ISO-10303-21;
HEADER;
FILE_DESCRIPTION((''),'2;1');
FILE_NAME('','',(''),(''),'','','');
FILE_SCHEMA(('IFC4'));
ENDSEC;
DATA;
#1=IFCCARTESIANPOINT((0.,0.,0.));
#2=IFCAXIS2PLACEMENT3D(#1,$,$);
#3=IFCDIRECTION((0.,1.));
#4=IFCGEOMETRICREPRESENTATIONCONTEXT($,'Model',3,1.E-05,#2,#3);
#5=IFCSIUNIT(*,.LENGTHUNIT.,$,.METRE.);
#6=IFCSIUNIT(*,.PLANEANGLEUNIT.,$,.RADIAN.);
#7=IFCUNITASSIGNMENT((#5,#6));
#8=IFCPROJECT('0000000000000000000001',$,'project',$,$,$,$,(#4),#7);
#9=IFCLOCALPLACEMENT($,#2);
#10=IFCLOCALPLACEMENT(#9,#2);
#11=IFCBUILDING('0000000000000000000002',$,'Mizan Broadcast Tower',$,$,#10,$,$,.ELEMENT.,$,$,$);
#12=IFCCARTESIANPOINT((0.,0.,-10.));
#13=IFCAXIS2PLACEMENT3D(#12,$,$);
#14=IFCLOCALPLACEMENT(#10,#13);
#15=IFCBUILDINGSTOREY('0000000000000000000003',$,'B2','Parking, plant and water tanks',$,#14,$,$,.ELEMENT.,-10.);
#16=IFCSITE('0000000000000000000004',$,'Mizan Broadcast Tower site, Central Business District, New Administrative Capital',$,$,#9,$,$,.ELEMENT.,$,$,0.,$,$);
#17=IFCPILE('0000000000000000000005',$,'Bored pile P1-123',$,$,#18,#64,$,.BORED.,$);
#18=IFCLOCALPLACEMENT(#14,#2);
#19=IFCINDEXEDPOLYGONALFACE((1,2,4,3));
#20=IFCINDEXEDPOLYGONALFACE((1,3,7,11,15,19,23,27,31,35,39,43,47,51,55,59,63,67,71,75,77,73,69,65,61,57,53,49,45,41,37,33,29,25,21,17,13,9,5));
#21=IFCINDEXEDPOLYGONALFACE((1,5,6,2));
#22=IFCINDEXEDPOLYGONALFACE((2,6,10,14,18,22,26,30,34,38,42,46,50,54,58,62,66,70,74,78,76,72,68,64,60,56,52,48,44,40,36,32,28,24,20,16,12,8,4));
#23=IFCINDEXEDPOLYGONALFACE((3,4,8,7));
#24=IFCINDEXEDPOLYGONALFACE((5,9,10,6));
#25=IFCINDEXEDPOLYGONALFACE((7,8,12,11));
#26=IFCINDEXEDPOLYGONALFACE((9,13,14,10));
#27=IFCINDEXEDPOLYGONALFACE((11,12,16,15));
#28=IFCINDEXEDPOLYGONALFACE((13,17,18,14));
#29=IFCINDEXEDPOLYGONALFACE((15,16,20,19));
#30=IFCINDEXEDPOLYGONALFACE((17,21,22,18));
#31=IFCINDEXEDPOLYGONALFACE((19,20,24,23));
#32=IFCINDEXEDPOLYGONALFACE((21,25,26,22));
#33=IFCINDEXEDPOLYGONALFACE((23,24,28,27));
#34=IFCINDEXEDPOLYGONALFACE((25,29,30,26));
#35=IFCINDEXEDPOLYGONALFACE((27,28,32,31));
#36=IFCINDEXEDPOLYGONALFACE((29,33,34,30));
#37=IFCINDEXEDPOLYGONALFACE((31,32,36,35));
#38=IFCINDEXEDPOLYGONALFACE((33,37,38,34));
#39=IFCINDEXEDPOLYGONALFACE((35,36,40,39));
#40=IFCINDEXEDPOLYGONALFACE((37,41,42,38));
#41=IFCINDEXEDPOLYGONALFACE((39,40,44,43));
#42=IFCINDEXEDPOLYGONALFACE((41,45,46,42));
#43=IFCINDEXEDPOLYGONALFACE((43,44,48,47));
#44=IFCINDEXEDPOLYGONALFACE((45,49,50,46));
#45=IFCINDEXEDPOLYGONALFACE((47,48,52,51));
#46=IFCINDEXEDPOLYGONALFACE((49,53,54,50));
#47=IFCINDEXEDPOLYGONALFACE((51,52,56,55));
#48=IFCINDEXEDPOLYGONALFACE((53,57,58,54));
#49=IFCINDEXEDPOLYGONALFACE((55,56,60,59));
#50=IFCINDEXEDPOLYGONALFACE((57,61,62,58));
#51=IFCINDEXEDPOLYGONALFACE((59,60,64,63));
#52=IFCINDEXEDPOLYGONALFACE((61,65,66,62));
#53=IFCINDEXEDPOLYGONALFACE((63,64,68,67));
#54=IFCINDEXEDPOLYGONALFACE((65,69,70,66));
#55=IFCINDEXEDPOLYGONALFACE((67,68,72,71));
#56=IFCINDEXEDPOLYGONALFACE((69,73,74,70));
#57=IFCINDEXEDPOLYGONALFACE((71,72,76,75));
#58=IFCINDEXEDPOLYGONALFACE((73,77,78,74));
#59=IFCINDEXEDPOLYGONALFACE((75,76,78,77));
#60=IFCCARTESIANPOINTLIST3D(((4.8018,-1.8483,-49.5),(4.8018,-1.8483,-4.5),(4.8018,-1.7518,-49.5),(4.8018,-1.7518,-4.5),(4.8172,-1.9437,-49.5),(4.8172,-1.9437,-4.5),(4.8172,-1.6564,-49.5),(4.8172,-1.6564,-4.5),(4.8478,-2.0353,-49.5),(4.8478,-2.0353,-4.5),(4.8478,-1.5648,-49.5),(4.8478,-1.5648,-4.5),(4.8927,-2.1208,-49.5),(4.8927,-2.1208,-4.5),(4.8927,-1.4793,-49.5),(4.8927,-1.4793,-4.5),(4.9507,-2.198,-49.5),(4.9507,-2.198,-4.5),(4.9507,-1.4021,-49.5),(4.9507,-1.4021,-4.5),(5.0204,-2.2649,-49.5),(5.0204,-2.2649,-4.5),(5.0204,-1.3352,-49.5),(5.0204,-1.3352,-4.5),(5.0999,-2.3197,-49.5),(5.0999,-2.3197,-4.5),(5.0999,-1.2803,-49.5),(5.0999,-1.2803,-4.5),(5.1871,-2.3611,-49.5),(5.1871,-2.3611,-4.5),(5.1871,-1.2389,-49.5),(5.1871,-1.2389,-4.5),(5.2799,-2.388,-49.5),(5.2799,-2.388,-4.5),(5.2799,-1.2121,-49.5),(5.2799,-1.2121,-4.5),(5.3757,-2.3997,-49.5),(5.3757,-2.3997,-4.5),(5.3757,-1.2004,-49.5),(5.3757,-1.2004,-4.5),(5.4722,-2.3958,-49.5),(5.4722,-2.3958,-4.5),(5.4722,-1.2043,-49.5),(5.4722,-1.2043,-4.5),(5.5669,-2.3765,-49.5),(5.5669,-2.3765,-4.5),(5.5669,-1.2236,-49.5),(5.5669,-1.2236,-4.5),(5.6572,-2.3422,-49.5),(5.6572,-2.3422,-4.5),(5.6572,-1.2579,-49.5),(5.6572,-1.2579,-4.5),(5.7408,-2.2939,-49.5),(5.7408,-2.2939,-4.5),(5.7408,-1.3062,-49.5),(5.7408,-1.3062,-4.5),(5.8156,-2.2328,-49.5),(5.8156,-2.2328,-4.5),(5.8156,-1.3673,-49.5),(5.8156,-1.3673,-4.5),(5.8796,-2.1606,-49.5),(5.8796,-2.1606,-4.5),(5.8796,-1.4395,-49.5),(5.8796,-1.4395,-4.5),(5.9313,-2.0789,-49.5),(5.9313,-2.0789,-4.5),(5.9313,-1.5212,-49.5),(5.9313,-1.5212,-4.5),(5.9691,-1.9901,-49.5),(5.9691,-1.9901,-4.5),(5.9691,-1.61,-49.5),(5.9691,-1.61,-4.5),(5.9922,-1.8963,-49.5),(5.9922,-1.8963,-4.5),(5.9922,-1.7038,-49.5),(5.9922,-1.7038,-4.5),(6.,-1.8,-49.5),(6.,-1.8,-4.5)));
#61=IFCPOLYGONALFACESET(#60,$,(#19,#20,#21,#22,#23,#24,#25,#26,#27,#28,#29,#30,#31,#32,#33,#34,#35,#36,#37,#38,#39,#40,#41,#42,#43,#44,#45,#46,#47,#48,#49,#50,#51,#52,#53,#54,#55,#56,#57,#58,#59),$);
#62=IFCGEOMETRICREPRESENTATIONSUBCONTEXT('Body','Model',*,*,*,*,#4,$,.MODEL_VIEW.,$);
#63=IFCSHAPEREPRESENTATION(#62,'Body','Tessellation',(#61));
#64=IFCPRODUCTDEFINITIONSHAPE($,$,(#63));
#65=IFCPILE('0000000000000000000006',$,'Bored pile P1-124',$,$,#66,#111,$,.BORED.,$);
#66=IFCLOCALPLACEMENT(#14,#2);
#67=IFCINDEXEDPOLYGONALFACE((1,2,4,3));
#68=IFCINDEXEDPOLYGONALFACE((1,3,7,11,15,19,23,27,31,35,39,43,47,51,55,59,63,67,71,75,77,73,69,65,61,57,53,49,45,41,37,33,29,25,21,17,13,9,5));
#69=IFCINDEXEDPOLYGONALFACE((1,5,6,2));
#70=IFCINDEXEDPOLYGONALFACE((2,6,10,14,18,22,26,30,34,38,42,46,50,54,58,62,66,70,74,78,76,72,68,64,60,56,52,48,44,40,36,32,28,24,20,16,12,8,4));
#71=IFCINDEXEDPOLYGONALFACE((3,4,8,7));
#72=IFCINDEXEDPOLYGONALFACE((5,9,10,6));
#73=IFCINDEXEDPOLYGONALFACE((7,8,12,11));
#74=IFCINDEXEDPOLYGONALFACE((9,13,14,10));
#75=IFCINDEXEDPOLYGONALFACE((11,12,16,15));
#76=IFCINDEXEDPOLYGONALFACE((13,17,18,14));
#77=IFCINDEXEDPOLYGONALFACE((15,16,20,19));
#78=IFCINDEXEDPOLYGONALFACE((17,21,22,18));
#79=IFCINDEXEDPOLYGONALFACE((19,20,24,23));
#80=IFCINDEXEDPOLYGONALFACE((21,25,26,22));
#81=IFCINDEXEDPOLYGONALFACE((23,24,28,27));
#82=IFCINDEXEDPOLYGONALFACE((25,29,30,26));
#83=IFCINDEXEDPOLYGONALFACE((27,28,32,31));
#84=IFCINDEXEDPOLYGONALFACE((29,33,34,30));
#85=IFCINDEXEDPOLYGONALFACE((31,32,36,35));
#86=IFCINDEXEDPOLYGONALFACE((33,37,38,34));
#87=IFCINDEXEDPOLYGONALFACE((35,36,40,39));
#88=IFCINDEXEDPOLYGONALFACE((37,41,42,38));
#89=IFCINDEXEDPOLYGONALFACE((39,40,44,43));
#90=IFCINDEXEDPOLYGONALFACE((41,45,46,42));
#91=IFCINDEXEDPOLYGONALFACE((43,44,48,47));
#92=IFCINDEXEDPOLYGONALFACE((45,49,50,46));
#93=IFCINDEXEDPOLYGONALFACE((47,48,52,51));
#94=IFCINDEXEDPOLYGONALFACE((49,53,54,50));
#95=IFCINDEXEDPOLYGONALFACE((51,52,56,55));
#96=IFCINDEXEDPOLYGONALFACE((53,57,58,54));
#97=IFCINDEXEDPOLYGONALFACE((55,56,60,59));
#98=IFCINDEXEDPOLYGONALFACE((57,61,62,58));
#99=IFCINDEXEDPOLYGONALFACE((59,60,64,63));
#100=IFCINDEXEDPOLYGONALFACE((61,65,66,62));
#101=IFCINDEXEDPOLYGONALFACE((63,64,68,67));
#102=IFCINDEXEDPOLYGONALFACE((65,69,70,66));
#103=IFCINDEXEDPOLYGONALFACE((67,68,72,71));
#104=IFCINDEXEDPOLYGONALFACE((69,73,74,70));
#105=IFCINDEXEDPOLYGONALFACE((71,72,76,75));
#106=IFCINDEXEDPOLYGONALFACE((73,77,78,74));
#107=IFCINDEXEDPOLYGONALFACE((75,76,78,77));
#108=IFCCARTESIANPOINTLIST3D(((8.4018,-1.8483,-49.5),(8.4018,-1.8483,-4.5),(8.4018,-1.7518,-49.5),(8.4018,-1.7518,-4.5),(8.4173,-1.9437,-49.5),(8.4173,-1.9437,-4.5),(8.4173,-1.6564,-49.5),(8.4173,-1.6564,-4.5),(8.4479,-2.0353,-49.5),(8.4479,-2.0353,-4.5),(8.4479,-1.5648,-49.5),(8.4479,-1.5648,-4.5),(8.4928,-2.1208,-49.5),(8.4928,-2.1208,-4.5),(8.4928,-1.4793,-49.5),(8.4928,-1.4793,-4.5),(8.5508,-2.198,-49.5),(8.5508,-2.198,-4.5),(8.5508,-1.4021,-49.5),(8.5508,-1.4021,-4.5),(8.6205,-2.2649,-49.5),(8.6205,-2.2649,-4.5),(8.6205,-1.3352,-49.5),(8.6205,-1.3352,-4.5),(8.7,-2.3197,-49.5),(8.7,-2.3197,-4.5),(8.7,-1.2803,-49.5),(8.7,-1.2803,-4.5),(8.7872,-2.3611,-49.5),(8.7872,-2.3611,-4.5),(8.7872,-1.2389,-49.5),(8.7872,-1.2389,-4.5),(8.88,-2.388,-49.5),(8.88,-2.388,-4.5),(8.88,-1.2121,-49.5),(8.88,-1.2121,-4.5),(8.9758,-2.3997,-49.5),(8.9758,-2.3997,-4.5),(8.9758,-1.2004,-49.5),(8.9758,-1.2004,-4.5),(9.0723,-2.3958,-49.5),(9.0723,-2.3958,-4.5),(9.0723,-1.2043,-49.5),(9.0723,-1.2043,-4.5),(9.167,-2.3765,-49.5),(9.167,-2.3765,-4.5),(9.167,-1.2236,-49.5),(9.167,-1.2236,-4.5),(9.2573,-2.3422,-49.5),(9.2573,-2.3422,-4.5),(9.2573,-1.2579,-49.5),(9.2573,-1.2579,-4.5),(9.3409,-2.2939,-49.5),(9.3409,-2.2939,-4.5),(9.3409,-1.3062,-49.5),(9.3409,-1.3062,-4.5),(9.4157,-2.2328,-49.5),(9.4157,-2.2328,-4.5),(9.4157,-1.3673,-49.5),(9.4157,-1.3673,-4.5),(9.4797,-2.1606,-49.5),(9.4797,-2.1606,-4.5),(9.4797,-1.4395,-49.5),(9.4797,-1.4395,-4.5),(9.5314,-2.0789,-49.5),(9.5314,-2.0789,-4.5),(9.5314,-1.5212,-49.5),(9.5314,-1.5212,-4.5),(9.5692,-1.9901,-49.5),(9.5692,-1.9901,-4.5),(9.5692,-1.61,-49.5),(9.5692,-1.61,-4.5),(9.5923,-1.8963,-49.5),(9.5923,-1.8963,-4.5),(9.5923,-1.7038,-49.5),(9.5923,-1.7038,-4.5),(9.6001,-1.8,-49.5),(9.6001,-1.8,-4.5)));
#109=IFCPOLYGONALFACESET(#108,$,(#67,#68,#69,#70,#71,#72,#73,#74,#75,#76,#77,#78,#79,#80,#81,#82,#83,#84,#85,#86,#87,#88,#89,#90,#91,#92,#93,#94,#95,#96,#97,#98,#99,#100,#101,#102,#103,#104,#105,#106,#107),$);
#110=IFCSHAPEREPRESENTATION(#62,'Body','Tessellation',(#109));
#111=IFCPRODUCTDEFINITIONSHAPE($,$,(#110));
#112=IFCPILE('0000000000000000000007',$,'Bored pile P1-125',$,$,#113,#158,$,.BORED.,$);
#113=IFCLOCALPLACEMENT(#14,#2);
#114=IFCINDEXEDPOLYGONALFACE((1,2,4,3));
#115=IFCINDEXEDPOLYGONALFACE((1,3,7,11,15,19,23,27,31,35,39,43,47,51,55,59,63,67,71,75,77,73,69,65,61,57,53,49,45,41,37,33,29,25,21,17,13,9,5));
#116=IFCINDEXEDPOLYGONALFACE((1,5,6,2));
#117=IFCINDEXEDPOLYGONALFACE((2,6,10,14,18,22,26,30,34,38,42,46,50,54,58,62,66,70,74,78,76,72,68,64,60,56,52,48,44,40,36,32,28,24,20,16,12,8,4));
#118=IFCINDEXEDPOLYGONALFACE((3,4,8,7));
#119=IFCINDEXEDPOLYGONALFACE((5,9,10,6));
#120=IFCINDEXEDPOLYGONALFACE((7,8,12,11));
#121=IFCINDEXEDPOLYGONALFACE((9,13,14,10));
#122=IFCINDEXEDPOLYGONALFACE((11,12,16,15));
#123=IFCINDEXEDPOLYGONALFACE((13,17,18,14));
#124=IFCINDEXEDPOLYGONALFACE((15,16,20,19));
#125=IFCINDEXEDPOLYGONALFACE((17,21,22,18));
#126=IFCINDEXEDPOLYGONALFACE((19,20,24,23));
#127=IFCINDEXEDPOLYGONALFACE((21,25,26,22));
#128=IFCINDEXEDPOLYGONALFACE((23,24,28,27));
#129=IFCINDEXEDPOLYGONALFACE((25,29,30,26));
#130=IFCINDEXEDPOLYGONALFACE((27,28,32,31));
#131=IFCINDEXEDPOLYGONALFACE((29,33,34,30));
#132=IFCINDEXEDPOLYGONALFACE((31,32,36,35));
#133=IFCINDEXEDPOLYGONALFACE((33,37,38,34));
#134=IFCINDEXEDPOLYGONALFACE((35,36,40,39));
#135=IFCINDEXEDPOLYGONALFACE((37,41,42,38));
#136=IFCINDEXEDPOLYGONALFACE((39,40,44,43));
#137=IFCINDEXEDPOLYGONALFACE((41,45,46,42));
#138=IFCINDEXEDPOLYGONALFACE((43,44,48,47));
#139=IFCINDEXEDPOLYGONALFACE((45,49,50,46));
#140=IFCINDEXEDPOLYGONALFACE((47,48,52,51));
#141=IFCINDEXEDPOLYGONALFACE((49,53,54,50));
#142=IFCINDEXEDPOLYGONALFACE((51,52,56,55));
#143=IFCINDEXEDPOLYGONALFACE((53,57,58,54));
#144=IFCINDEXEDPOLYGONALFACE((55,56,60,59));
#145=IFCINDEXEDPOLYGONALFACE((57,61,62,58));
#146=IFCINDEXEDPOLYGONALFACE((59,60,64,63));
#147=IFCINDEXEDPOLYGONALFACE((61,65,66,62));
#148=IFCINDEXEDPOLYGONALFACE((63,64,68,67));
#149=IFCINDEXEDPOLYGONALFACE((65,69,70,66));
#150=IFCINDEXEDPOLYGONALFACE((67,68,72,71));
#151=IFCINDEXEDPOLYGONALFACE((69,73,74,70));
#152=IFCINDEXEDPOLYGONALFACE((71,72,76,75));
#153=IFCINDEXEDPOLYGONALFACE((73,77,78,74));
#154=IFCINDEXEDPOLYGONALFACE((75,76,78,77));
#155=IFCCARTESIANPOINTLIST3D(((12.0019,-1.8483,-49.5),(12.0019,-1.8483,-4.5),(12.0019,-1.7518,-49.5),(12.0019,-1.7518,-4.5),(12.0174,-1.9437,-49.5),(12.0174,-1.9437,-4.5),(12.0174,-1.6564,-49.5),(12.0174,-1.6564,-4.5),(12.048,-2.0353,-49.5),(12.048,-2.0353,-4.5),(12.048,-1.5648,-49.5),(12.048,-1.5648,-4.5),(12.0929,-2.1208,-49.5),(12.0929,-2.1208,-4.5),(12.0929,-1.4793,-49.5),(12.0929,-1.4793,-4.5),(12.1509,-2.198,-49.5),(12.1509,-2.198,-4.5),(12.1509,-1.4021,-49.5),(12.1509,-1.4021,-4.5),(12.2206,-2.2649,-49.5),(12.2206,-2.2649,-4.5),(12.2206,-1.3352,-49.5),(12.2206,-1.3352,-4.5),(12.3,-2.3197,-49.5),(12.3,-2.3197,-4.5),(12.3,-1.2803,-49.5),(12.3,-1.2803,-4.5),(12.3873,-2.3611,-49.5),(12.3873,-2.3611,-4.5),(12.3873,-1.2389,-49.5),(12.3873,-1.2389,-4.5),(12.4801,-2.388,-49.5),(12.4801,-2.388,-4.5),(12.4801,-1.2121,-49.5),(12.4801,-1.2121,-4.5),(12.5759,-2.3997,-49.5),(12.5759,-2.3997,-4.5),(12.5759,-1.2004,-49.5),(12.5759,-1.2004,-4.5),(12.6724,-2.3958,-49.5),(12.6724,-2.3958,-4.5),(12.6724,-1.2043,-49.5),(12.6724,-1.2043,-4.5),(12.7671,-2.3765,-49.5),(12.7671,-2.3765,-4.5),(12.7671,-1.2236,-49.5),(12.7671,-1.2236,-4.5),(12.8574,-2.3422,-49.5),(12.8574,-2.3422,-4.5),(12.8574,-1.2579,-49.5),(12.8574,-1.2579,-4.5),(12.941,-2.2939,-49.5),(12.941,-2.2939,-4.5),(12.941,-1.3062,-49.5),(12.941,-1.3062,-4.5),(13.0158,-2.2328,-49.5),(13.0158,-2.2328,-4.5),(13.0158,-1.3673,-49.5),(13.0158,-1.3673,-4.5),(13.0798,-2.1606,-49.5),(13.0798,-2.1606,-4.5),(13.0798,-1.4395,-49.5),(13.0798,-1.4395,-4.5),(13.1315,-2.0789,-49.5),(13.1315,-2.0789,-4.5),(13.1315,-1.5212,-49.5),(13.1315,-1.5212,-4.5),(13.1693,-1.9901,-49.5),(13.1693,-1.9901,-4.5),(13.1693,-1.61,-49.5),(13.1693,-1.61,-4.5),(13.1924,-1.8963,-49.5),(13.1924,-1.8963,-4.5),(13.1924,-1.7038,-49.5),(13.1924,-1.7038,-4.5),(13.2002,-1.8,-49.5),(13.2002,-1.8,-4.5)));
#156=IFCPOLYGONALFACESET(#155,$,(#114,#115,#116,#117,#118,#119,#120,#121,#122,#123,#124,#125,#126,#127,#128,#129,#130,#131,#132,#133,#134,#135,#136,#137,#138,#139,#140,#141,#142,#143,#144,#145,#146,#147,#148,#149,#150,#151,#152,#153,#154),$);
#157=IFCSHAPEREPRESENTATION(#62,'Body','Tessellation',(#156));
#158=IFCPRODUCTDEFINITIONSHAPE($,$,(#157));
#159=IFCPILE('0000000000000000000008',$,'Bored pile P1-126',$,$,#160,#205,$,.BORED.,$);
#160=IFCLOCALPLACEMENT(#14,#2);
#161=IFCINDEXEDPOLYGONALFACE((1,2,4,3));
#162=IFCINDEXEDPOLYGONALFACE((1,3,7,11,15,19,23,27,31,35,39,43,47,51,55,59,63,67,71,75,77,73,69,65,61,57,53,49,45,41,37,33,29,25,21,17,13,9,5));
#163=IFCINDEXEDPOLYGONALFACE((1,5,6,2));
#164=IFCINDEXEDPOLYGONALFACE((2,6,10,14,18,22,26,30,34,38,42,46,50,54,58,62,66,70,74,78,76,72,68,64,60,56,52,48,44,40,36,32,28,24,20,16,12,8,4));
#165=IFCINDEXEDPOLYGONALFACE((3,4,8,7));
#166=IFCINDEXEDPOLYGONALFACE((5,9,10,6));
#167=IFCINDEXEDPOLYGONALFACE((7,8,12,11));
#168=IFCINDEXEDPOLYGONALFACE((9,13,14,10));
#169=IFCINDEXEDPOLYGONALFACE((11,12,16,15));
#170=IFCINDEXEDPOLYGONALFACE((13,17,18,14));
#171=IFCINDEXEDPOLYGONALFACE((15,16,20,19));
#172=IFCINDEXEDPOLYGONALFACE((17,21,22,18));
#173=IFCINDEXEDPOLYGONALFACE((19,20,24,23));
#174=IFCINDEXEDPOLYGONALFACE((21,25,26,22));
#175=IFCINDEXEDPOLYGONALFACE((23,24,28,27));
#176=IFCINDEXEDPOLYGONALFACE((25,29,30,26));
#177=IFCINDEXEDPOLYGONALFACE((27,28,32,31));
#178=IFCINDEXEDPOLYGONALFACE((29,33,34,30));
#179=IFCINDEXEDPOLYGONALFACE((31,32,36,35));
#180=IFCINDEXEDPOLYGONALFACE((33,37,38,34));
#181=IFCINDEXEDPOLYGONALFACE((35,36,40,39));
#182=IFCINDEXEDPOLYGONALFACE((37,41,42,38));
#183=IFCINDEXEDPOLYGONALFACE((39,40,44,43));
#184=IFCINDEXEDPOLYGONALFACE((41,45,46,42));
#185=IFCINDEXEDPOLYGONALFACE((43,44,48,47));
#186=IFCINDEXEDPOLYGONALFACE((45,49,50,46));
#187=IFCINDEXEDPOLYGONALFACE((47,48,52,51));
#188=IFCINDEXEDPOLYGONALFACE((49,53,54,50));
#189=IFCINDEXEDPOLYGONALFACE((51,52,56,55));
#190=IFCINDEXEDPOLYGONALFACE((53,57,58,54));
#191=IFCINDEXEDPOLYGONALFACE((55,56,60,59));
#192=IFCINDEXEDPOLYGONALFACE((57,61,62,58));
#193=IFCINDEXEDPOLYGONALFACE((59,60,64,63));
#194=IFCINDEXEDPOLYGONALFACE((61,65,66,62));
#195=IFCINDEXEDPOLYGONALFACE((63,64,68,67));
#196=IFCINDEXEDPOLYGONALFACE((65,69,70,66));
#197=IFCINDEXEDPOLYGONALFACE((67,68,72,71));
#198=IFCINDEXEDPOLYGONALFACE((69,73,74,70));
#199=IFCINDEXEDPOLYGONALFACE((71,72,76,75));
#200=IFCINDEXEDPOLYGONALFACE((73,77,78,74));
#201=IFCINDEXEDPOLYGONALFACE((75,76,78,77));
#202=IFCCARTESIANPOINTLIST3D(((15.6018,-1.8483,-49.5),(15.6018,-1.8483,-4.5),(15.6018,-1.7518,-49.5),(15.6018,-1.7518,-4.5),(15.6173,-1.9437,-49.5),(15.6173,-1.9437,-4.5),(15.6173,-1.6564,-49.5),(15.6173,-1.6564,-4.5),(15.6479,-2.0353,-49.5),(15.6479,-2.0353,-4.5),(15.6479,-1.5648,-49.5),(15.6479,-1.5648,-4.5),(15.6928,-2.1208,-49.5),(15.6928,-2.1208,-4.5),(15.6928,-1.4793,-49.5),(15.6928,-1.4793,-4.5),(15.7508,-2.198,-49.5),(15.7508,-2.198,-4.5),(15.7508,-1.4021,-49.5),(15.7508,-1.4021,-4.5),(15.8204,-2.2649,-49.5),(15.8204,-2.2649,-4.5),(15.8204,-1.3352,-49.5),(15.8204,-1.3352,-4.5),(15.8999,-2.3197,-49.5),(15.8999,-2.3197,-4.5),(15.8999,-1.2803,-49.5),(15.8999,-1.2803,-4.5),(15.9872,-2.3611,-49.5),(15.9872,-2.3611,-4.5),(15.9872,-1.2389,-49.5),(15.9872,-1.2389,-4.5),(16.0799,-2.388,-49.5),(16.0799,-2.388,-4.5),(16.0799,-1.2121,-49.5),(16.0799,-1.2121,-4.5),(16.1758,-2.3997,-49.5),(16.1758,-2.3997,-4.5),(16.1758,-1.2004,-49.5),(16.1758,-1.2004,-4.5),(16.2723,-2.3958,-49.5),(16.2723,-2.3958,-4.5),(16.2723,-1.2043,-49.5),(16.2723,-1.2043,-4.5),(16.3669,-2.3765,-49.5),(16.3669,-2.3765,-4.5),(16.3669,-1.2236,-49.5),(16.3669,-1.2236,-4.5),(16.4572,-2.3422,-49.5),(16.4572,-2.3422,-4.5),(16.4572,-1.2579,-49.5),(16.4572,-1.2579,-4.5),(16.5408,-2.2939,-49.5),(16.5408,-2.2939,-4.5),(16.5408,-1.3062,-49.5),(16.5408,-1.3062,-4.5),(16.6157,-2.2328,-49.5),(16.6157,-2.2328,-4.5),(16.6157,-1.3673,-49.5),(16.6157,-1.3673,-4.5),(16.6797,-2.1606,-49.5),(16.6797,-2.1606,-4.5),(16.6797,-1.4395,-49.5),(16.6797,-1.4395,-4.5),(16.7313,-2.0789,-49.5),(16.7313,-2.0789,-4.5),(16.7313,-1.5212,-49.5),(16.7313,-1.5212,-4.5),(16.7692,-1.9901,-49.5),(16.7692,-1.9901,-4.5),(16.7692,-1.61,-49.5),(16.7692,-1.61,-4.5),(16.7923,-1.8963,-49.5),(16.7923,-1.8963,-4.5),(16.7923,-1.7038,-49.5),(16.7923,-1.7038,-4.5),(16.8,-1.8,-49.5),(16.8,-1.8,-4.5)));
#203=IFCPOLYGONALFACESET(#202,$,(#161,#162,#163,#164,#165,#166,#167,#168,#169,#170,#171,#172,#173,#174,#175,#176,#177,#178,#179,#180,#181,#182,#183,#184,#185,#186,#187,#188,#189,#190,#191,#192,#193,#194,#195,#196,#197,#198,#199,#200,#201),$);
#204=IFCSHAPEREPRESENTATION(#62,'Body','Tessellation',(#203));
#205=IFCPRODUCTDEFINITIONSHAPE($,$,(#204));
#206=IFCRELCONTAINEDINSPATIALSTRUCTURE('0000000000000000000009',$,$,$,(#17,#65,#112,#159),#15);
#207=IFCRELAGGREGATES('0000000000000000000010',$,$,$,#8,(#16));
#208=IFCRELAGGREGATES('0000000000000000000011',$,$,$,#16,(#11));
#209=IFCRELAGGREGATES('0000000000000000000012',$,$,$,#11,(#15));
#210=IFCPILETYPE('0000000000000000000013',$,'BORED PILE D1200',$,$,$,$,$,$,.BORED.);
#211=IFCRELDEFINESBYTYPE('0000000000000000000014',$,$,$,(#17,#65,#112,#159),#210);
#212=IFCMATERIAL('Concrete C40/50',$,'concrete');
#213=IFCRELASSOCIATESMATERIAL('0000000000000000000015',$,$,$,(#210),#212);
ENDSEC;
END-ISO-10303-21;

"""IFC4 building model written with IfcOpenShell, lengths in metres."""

from ifc_helpers import new_model, si_unit, direction, frame, origin, origin_2d, place, context, subcontext, project, spatial, circle, extrude, material, material_profile, profile_set, type_object, element, save


model = new_model("IFC4")

# Units and contexts
model_context = context("Model", 3, precision=1e-05, world=origin(), true_north=direction((0.0, 1.0)))
body_context = subcontext(model_context, "Body", "Model", "MODEL_VIEW")
ifc_project = project(units=[si_unit("LENGTHUNIT", "METRE"), si_unit("PLANEANGLEUNIT", "RADIAN")], contexts=[model_context])

# Site, building, storey
site_placement = place(None, origin())
site = spatial("IfcSite", under=ifc_project, at=site_placement, Name="Mizan Broadcast Tower site, Central Business District, New Administrative Capital", CompositionType="ELEMENT", RefElevation=0.0)
building_placement = place(site_placement, origin())
building = spatial("IfcBuilding", under=site, at=building_placement, Name="Mizan Broadcast Tower", CompositionType="ELEMENT")
storey_placement = place(building_placement, frame((0.0, 0.0, -10.0)))
storey = spatial("IfcBuildingStorey", under=building, at=storey_placement, Name="B2", Description="Parking, plant and water tanks", CompositionType="ELEMENT", Elevation=-10.0)

# Piles
ifc_material_1 = material(Name="Concrete C40/50", Category="concrete")
ifc_material_profile_1 = material_profile(ifc_material_1, circle(Radius=0.6001, at=origin_2d()), Name="D1200")
ifc_profile_set_1 = profile_set([ifc_material_profile_1], Name="Concrete C40/50")
pile_type = type_object("IfcPileType", Name="BORED PILE D1200", PredefinedType="BORED", material=ifc_profile_set_1)
for number, where, z_axis, x_axis, name in (
    (1, (5.3999, -1.8, -4.5), (0.0, 0.0, -1.0), (1.0, 0.0, 0.0), "Bored pile P1-123"),
    (2, (9.0, -1.8, -4.5), (0.0, 0.0, -1.0), (1.0, 0.0, 0.0), "Bored pile P1-124"),
    (3, (12.6001, -1.8, -4.5), (0.0, 0.0, -1.0), (1.0, 0.0, 0.0), "Bored pile P1-125"),
    (4, (16.2, -1.8, -4.5), (0.0, 0.0, -1.0), (1.0, 0.0, 0.0), "Bored pile P1-126"),
):
    element("IfcPile", number, at=place(storey_placement, frame(where, z_axis=z_axis, x_axis=x_axis)), inside=storey, type_object=pile_type, Name=name, PredefinedType="BORED", context=body_context, shape_type="SweptSolid", body=[
        extrude(circle(Radius=0.6001, at=origin_2d()), origin(), (0.0, 0.0, 1.0), 45.0),
    ])

save(model, "model.ifc")
